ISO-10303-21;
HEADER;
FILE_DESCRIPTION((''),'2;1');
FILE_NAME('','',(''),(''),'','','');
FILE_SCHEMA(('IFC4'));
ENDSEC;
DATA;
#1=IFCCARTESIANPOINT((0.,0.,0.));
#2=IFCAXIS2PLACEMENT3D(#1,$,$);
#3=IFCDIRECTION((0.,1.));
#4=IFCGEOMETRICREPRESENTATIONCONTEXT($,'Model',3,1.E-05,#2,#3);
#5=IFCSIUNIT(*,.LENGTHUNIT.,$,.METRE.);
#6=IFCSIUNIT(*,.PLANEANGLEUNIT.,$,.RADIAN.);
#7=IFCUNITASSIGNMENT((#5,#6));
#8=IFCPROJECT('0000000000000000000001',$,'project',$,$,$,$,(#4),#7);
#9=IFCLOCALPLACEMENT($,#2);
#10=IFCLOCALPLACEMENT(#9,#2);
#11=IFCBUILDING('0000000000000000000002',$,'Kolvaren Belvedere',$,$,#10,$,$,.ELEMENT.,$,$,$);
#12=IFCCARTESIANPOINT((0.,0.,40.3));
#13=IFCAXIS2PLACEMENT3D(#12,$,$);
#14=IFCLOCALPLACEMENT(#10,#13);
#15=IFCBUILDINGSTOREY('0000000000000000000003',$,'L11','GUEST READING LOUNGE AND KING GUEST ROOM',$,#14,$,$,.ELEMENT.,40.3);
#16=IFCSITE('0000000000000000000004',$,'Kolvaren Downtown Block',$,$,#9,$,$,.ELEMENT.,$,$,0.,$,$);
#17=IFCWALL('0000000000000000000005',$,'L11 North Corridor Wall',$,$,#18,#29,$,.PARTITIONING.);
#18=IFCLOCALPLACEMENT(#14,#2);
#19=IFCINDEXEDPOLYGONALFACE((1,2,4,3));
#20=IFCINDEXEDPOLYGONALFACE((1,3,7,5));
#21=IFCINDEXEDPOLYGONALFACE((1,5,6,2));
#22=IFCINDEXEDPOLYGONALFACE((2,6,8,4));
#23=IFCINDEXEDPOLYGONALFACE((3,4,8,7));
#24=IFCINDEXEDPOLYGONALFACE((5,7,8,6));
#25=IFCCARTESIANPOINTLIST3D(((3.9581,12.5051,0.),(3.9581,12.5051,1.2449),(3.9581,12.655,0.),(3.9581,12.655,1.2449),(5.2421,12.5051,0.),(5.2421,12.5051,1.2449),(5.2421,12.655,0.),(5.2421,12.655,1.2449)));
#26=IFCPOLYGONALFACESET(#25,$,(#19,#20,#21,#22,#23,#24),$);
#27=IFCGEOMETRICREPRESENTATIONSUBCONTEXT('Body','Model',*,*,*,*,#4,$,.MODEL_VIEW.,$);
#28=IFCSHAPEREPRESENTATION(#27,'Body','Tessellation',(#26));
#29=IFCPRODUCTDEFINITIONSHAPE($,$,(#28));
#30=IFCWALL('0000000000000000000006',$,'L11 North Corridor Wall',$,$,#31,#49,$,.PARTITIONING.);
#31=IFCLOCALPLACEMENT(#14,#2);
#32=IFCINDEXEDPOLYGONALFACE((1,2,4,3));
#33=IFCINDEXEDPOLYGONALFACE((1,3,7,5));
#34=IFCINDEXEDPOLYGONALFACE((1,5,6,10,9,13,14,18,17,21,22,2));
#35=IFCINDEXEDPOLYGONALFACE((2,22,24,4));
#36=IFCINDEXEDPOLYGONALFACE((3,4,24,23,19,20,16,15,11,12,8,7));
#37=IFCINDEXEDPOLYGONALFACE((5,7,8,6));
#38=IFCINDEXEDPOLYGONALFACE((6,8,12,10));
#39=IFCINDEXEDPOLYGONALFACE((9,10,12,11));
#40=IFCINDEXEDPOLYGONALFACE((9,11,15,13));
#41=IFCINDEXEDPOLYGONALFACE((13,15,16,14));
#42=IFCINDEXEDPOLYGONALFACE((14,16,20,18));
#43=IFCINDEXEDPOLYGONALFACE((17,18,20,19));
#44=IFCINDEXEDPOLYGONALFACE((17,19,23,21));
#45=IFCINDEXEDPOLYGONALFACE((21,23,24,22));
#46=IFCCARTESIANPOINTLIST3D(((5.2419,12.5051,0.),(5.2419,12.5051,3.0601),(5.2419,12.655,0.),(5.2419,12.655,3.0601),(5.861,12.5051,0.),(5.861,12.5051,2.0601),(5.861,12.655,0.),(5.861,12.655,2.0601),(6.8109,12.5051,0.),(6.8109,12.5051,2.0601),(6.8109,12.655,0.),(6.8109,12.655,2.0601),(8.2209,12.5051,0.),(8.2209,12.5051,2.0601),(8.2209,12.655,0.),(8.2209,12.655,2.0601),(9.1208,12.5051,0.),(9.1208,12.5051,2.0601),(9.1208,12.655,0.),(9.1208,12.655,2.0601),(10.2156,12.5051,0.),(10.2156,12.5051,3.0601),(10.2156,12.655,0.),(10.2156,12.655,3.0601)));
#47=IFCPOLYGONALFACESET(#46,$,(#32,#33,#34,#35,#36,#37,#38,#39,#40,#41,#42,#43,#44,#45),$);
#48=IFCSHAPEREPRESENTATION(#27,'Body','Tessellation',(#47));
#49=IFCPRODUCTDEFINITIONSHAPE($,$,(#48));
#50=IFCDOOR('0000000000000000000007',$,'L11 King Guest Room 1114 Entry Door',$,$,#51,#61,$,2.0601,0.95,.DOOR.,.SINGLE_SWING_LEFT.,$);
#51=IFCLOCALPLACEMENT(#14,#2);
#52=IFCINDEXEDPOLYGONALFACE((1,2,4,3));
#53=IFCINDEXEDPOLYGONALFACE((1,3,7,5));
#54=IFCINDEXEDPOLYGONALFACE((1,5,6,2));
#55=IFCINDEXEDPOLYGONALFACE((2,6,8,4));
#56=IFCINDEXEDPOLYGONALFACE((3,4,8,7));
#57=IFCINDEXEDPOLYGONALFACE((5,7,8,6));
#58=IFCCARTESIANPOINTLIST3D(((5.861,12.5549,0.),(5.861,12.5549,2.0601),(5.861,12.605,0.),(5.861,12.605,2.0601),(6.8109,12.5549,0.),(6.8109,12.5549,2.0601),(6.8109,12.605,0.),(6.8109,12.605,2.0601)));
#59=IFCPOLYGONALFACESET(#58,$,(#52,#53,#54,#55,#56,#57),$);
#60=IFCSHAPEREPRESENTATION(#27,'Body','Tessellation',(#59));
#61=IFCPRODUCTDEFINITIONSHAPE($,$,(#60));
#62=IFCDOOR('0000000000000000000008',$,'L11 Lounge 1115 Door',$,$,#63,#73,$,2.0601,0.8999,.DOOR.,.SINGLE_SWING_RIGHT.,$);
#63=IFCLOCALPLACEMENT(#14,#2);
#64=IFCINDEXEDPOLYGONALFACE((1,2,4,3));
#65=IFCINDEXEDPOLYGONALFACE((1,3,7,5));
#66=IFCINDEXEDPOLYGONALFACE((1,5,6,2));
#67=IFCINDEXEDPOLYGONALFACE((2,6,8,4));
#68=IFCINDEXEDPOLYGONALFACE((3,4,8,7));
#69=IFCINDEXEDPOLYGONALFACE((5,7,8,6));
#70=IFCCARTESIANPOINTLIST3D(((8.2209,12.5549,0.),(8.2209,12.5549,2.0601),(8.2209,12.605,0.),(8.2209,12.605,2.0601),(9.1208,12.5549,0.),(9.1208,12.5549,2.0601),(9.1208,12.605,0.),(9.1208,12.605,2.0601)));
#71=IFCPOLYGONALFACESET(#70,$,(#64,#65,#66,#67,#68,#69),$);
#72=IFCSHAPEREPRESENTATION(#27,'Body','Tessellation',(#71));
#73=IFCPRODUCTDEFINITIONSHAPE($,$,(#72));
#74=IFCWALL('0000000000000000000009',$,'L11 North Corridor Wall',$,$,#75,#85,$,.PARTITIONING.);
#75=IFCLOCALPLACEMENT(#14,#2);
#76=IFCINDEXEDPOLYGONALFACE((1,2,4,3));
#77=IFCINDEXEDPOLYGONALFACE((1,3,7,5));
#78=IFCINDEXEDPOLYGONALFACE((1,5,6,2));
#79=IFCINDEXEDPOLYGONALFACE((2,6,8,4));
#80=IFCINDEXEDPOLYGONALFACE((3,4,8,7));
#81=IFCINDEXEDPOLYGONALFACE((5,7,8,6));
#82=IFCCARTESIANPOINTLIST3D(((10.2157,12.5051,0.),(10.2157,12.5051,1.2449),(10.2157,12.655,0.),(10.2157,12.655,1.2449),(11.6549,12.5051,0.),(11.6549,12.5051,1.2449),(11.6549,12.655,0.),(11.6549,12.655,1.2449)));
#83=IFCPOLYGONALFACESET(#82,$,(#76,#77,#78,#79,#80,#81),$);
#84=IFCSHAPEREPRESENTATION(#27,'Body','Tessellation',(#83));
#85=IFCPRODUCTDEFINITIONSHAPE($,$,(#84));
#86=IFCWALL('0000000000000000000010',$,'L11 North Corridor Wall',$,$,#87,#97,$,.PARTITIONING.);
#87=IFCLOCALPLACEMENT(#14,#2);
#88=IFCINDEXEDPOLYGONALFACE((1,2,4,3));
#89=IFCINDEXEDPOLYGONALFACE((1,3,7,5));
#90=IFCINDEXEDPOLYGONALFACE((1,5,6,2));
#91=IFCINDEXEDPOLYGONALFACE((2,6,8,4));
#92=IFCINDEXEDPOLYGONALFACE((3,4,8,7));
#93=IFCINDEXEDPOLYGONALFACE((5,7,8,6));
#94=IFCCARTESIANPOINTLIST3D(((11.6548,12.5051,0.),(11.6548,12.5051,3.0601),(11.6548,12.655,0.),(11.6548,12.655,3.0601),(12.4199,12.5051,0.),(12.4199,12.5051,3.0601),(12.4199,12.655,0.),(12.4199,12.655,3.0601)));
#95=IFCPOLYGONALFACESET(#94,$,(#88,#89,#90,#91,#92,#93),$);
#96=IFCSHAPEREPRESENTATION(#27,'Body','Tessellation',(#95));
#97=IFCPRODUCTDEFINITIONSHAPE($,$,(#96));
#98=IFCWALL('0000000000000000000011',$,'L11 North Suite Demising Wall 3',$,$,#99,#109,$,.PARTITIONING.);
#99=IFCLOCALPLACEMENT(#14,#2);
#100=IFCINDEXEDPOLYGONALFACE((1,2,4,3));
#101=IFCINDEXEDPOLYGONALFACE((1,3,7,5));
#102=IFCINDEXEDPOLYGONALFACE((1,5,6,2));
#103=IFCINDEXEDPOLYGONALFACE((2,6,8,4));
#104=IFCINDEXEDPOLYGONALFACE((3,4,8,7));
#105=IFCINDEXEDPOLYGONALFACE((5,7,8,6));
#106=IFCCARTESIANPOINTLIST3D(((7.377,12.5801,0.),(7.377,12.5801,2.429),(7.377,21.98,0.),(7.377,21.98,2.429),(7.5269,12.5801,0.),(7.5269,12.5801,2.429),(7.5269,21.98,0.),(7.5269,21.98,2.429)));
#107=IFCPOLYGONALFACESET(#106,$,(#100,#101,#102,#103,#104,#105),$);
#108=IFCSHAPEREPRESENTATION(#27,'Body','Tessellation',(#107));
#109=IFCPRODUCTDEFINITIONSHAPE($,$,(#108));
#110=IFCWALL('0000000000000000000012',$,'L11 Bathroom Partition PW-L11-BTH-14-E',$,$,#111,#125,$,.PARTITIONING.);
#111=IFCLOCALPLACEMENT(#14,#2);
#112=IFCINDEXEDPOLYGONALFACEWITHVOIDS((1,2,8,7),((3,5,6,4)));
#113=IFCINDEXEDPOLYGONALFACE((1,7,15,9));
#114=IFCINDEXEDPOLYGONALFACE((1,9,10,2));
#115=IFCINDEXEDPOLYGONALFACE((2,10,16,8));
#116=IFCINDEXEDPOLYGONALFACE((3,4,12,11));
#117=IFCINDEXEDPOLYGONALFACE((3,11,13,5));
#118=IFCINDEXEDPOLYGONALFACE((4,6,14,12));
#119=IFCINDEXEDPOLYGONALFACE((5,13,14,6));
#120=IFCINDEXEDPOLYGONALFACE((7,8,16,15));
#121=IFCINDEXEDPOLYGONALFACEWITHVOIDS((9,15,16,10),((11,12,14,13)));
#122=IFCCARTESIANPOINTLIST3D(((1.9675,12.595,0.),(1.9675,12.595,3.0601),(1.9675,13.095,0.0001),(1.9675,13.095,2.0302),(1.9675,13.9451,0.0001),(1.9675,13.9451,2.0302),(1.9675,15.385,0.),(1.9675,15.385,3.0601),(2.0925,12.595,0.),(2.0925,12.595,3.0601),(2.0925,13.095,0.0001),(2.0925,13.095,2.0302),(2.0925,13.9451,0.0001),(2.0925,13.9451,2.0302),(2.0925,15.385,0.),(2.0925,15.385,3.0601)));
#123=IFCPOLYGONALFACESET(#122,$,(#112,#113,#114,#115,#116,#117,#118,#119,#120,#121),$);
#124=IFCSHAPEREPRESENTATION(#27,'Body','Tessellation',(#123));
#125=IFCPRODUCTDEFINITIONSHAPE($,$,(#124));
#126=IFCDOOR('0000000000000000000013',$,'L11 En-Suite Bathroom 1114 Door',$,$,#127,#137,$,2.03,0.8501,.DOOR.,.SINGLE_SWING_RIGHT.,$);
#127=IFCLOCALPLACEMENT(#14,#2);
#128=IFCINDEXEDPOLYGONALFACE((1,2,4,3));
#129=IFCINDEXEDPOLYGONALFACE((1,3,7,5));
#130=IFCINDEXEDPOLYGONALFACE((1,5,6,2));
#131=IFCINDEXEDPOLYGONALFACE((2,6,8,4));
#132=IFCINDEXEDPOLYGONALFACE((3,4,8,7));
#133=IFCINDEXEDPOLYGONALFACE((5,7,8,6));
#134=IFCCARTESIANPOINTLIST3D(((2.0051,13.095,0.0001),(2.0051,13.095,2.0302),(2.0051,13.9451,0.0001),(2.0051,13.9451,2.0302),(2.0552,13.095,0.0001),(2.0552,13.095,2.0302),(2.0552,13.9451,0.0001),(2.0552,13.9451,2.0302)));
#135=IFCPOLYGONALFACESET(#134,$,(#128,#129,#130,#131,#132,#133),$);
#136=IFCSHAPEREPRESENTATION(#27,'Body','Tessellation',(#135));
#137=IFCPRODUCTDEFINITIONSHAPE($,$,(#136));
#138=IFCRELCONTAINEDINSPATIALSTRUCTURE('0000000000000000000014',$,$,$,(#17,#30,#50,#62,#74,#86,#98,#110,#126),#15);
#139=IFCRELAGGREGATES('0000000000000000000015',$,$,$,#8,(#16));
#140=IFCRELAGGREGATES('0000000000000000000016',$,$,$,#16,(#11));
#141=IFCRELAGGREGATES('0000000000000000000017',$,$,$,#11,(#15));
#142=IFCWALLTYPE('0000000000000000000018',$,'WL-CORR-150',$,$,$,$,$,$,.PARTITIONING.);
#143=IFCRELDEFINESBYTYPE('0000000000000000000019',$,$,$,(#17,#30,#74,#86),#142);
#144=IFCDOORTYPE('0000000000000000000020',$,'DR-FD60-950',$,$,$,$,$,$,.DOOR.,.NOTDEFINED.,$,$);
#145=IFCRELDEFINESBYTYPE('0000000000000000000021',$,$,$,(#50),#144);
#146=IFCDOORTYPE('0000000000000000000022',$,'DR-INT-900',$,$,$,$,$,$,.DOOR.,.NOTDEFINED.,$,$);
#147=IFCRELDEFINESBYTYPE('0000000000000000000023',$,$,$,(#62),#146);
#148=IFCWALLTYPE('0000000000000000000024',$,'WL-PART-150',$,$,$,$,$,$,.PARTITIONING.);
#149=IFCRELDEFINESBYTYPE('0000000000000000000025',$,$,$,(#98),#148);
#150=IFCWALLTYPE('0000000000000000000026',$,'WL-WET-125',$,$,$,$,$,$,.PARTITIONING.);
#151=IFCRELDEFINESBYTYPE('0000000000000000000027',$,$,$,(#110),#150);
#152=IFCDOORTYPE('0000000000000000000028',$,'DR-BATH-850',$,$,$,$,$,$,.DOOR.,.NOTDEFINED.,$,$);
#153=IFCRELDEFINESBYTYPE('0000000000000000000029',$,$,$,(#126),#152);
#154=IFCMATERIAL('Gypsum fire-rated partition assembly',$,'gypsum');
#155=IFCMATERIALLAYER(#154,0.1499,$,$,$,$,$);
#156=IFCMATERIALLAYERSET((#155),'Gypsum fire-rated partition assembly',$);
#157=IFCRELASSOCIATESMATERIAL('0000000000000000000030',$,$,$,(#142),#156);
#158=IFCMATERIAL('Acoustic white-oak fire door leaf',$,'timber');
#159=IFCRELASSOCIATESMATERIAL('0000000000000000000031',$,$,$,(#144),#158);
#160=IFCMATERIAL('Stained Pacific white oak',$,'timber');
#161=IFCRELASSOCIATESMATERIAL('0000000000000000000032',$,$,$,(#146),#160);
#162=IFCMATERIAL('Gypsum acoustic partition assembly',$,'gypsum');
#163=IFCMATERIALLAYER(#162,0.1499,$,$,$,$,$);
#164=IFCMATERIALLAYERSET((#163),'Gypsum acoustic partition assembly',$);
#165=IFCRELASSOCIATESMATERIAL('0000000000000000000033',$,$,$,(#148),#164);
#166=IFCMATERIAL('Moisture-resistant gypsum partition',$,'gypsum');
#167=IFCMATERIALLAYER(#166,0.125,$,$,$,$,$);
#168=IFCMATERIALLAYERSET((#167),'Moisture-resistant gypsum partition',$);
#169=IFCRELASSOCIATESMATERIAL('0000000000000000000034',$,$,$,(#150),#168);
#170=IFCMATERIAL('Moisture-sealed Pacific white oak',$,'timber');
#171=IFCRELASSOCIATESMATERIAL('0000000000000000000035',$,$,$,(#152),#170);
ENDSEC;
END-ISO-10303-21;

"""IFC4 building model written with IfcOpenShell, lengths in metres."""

from ifc_helpers import new_model, si_unit, direction, frame, frame_2d, origin, place, context, subcontext, project, spatial, rectangle, extrude, material, layer, layer_set, type_object, element, fill, save


model = new_model("IFC4")

# Units and contexts
model_context = context("Model", 3, precision=1e-05, world=origin(), true_north=direction((0.0, 1.0)))
body_context = subcontext(model_context, "Body", "Model", "MODEL_VIEW")
ifc_project = project(units=[si_unit("LENGTHUNIT", "METRE"), si_unit("PLANEANGLEUNIT", "RADIAN")], contexts=[model_context])

# Site, building, storey
site_placement = place(None, origin())
site = spatial("IfcSite", under=ifc_project, at=site_placement, Name="Kolvaren Downtown Block", CompositionType="ELEMENT", RefElevation=0.0)
building_placement = place(site_placement, origin())
building = spatial("IfcBuilding", under=site, at=building_placement, Name="Kolvaren Belvedere", CompositionType="ELEMENT")
storey_placement = place(building_placement, frame((0.0, 0.0, 40.3)))
storey = spatial("IfcBuildingStorey", under=building, at=storey_placement, Name="L11", Description="GUEST READING LOUNGE AND KING GUEST ROOM", CompositionType="ELEMENT", Elevation=40.3)

# Wall
ifc_material_1 = material(Name="Gypsum fire-rated partition assembly", Category="gypsum")
ifc_layer_1 = layer(ifc_material_1, 0.1499)
ifc_layer_set_1 = layer_set([ifc_layer_1], Name="Gypsum fire-rated partition assembly")
wall_type_1 = type_object("IfcWallType", Name="WL-CORR-150", PredefinedType="PARTITIONING", material=ifc_layer_set_1)
wall_1_placement = place(storey_placement, frame((3.958, 12.5801, 0.0), z_axis=(0.0, 0.0, 1.0), x_axis=(1.0, 0.0, 0.0)))
element("IfcWall", 1, at=wall_1_placement, inside=storey, type_object=wall_type_1, Name="L11 North Corridor Wall", PredefinedType="PARTITIONING", context=body_context, shape_type="SweptSolid", body=[
    extrude(rectangle(XDim=1.2839, YDim=0.1499, at=frame_2d((0.6421, 0.0))), origin(), (0.0, 0.0, 1.0), 1.2449),
])

# Wall, openings, doors
wall_2_placement = place(storey_placement, frame((5.2419, 12.5801, 0.0), z_axis=(0.0, 0.0, 1.0), x_axis=(1.0, 0.0, 0.0)))
wall_2 = element("IfcWall", 2, at=wall_2_placement, inside=storey, type_object=wall_type_1, Name="L11 North Corridor Wall", PredefinedType="PARTITIONING", context=body_context, shape_type="SweptSolid", body=[
    extrude(rectangle(XDim=4.9736, YDim=0.1499, at=frame_2d((2.4868, 0.0))), origin(), (0.0, 0.0, 1.0), 3.0601),
])
opening_1_placement = place(wall_2_placement, frame((0.6189, 0.0, 0.0)))
opening_1 = element("IfcOpeningElement", 3, at=opening_1_placement, cuts=wall_2, PredefinedType="OPENING", context=body_context, shape_type="SweptSolid", body=[
    extrude(rectangle(XDim=0.95, YDim=2.0601, at=frame_2d((0.4751, 1.03))), frame((0.0, 0.085, 0.0), z_axis=(0.0, -1.0, 0.0), x_axis=(1.0, 0.0, 0.0)), (0.0, 0.0, 1.0), 0.1699),
])
opening_2_placement = place(wall_2_placement, frame((2.979, 0.0, 0.0)))
opening_2 = element("IfcOpeningElement", 4, at=opening_2_placement, cuts=wall_2, PredefinedType="OPENING", context=body_context, shape_type="SweptSolid", body=[
    extrude(rectangle(XDim=0.8999, YDim=2.0601, at=frame_2d((0.45, 1.03))), frame((0.0, 0.085, 0.0), z_axis=(0.0, -1.0, 0.0), x_axis=(1.0, 0.0, 0.0)), (0.0, 0.0, 1.0), 0.1699),
])
ifc_material_2 = material(Name="Acoustic white-oak fire door leaf", Category="timber")
door_type_1 = type_object("IfcDoorType", Name="DR-FD60-950", OperationType="NOTDEFINED", PredefinedType="DOOR", material=ifc_material_2)
door_1_placement = place(opening_1_placement, origin())
door_1 = element("IfcDoor", 5, at=door_1_placement, inside=storey, type_object=door_type_1, Name="L11 King Guest Room 1114 Entry Door", OperationType="SINGLE_SWING_LEFT", OverallHeight=2.0601, OverallWidth=0.95, PredefinedType="DOOR", context=body_context, shape_type="SweptSolid", body=[
    extrude(rectangle(XDim=0.95, YDim=2.0601, at=frame_2d((0.4751, 1.03))), frame((0.0, 0.0249, 0.0), z_axis=(0.0, -1.0, 0.0), x_axis=(1.0, 0.0, 0.0)), (0.0, 0.0, 1.0), 0.05),
])
fill(opening_1, door_1)
ifc_material_3 = material(Name="Stained Pacific white oak", Category="timber")
door_type_2 = type_object("IfcDoorType", Name="DR-INT-900", OperationType="NOTDEFINED", PredefinedType="DOOR", material=ifc_material_3)
door_2_placement = place(opening_2_placement, origin())
door_2 = element("IfcDoor", 6, at=door_2_placement, inside=storey, type_object=door_type_2, Name="L11 Lounge 1115 Door", OperationType="SINGLE_SWING_RIGHT", OverallHeight=2.0601, OverallWidth=0.8999, PredefinedType="DOOR", context=body_context, shape_type="SweptSolid", body=[
    extrude(rectangle(XDim=0.8999, YDim=2.0601, at=frame_2d((0.45, 1.03))), frame((0.0, 0.0249, 0.0), z_axis=(0.0, -1.0, 0.0), x_axis=(1.0, 0.0, 0.0)), (0.0, 0.0, 1.0), 0.05),
])
fill(opening_2, door_2)

# Walls
wall_3_placement = place(storey_placement, frame((10.2156, 12.5801, 0.0), z_axis=(0.0, 0.0, 1.0), x_axis=(1.0, 0.0, 0.0)))
element("IfcWall", 7, at=wall_3_placement, inside=storey, type_object=wall_type_1, Name="L11 North Corridor Wall", PredefinedType="PARTITIONING", context=body_context, shape_type="SweptSolid", body=[
    extrude(rectangle(XDim=1.4392, YDim=0.1499, at=frame_2d((0.7197, 0.0))), origin(), (0.0, 0.0, 1.0), 1.2449),
])
wall_4_placement = place(storey_placement, frame((11.6548, 12.5801, 0.0), z_axis=(0.0, 0.0, 1.0), x_axis=(1.0, 0.0, 0.0)))
element("IfcWall", 8, at=wall_4_placement, inside=storey, type_object=wall_type_1, Name="L11 North Corridor Wall", PredefinedType="PARTITIONING", context=body_context, shape_type="SweptSolid", body=[
    extrude(rectangle(XDim=0.7651, YDim=0.1499, at=frame_2d((0.3826, 0.0))), origin(), (0.0, 0.0, 1.0), 3.0601),
])
ifc_material_4 = material(Name="Gypsum acoustic partition assembly", Category="gypsum")
ifc_layer_2 = layer(ifc_material_4, 0.1499)
ifc_layer_set_2 = layer_set([ifc_layer_2], Name="Gypsum acoustic partition assembly")
wall_type_2 = type_object("IfcWallType", Name="WL-PART-150", PredefinedType="PARTITIONING", material=ifc_layer_set_2)
wall_5_placement = place(storey_placement, frame((7.4519, 12.5801, 0.0), z_axis=(0.0, 0.0, 1.0), x_axis=(0.0, 1.0, 0.0)))
element("IfcWall", 9, at=wall_5_placement, inside=storey, type_object=wall_type_2, Name="L11 North Suite Demising Wall 3", PredefinedType="PARTITIONING", context=body_context, shape_type="SweptSolid", body=[
    extrude(rectangle(XDim=9.3999, YDim=0.1499, at=frame_2d((4.7, 0.0))), origin(), (0.0, 0.0, 1.0), 2.429),
])

# Wall, opening, door
ifc_material_5 = material(Name="Moisture-resistant gypsum partition", Category="gypsum")
ifc_layer_3 = layer(ifc_material_5, 0.125)
ifc_layer_set_3 = layer_set([ifc_layer_3], Name="Moisture-resistant gypsum partition")
wall_type_3 = type_object("IfcWallType", Name="WL-WET-125", PredefinedType="PARTITIONING", material=ifc_layer_set_3)
wall_6_placement = place(storey_placement, frame((2.03, 12.595, 0.0), z_axis=(0.0, 0.0, 1.0), x_axis=(0.0, 1.0, 0.0)))
wall_6 = element("IfcWall", 10, at=wall_6_placement, inside=storey, type_object=wall_type_3, Name="L11 Bathroom Partition PW-L11-BTH-14-E", PredefinedType="PARTITIONING", context=body_context, shape_type="SweptSolid", body=[
    extrude(rectangle(XDim=2.79, YDim=0.125, at=frame_2d((1.395, 0.0))), origin(), (0.0, 0.0, 1.0), 3.0601),
])
opening_3_placement = place(wall_6_placement, frame((0.5, 0.0, 0.0)))
opening_3 = element("IfcOpeningElement", 11, at=opening_3_placement, cuts=wall_6, PredefinedType="OPENING", context=body_context, shape_type="SweptSolid", body=[
    extrude(rectangle(XDim=0.8501, YDim=2.03, at=frame_2d((0.425, 1.0151))), frame((0.0, 0.0725, 0.0), z_axis=(0.0, -1.0, 0.0), x_axis=(1.0, 0.0, 0.0)), (0.0, 0.0, 1.0), 0.145),
])
ifc_material_6 = material(Name="Moisture-sealed Pacific white oak", Category="timber")
door_type_3 = type_object("IfcDoorType", Name="DR-BATH-850", OperationType="NOTDEFINED", PredefinedType="DOOR", material=ifc_material_6)
door_3_placement = place(opening_3_placement, origin())
door_3 = element("IfcDoor", 12, at=door_3_placement, inside=storey, type_object=door_type_3, Name="L11 En-Suite Bathroom 1114 Door", OperationType="SINGLE_SWING_RIGHT", OverallHeight=2.03, OverallWidth=0.8501, PredefinedType="DOOR", context=body_context, shape_type="SweptSolid", body=[
    extrude(rectangle(XDim=0.8501, YDim=2.03, at=frame_2d((0.425, 1.0151))), frame((0.0, 0.0249, 0.0), z_axis=(0.0, -1.0, 0.0), x_axis=(1.0, 0.0, 0.0)), (0.0, 0.0, 1.0), 0.05),
])
fill(opening_3, door_3)

save(model, "model.ifc")
